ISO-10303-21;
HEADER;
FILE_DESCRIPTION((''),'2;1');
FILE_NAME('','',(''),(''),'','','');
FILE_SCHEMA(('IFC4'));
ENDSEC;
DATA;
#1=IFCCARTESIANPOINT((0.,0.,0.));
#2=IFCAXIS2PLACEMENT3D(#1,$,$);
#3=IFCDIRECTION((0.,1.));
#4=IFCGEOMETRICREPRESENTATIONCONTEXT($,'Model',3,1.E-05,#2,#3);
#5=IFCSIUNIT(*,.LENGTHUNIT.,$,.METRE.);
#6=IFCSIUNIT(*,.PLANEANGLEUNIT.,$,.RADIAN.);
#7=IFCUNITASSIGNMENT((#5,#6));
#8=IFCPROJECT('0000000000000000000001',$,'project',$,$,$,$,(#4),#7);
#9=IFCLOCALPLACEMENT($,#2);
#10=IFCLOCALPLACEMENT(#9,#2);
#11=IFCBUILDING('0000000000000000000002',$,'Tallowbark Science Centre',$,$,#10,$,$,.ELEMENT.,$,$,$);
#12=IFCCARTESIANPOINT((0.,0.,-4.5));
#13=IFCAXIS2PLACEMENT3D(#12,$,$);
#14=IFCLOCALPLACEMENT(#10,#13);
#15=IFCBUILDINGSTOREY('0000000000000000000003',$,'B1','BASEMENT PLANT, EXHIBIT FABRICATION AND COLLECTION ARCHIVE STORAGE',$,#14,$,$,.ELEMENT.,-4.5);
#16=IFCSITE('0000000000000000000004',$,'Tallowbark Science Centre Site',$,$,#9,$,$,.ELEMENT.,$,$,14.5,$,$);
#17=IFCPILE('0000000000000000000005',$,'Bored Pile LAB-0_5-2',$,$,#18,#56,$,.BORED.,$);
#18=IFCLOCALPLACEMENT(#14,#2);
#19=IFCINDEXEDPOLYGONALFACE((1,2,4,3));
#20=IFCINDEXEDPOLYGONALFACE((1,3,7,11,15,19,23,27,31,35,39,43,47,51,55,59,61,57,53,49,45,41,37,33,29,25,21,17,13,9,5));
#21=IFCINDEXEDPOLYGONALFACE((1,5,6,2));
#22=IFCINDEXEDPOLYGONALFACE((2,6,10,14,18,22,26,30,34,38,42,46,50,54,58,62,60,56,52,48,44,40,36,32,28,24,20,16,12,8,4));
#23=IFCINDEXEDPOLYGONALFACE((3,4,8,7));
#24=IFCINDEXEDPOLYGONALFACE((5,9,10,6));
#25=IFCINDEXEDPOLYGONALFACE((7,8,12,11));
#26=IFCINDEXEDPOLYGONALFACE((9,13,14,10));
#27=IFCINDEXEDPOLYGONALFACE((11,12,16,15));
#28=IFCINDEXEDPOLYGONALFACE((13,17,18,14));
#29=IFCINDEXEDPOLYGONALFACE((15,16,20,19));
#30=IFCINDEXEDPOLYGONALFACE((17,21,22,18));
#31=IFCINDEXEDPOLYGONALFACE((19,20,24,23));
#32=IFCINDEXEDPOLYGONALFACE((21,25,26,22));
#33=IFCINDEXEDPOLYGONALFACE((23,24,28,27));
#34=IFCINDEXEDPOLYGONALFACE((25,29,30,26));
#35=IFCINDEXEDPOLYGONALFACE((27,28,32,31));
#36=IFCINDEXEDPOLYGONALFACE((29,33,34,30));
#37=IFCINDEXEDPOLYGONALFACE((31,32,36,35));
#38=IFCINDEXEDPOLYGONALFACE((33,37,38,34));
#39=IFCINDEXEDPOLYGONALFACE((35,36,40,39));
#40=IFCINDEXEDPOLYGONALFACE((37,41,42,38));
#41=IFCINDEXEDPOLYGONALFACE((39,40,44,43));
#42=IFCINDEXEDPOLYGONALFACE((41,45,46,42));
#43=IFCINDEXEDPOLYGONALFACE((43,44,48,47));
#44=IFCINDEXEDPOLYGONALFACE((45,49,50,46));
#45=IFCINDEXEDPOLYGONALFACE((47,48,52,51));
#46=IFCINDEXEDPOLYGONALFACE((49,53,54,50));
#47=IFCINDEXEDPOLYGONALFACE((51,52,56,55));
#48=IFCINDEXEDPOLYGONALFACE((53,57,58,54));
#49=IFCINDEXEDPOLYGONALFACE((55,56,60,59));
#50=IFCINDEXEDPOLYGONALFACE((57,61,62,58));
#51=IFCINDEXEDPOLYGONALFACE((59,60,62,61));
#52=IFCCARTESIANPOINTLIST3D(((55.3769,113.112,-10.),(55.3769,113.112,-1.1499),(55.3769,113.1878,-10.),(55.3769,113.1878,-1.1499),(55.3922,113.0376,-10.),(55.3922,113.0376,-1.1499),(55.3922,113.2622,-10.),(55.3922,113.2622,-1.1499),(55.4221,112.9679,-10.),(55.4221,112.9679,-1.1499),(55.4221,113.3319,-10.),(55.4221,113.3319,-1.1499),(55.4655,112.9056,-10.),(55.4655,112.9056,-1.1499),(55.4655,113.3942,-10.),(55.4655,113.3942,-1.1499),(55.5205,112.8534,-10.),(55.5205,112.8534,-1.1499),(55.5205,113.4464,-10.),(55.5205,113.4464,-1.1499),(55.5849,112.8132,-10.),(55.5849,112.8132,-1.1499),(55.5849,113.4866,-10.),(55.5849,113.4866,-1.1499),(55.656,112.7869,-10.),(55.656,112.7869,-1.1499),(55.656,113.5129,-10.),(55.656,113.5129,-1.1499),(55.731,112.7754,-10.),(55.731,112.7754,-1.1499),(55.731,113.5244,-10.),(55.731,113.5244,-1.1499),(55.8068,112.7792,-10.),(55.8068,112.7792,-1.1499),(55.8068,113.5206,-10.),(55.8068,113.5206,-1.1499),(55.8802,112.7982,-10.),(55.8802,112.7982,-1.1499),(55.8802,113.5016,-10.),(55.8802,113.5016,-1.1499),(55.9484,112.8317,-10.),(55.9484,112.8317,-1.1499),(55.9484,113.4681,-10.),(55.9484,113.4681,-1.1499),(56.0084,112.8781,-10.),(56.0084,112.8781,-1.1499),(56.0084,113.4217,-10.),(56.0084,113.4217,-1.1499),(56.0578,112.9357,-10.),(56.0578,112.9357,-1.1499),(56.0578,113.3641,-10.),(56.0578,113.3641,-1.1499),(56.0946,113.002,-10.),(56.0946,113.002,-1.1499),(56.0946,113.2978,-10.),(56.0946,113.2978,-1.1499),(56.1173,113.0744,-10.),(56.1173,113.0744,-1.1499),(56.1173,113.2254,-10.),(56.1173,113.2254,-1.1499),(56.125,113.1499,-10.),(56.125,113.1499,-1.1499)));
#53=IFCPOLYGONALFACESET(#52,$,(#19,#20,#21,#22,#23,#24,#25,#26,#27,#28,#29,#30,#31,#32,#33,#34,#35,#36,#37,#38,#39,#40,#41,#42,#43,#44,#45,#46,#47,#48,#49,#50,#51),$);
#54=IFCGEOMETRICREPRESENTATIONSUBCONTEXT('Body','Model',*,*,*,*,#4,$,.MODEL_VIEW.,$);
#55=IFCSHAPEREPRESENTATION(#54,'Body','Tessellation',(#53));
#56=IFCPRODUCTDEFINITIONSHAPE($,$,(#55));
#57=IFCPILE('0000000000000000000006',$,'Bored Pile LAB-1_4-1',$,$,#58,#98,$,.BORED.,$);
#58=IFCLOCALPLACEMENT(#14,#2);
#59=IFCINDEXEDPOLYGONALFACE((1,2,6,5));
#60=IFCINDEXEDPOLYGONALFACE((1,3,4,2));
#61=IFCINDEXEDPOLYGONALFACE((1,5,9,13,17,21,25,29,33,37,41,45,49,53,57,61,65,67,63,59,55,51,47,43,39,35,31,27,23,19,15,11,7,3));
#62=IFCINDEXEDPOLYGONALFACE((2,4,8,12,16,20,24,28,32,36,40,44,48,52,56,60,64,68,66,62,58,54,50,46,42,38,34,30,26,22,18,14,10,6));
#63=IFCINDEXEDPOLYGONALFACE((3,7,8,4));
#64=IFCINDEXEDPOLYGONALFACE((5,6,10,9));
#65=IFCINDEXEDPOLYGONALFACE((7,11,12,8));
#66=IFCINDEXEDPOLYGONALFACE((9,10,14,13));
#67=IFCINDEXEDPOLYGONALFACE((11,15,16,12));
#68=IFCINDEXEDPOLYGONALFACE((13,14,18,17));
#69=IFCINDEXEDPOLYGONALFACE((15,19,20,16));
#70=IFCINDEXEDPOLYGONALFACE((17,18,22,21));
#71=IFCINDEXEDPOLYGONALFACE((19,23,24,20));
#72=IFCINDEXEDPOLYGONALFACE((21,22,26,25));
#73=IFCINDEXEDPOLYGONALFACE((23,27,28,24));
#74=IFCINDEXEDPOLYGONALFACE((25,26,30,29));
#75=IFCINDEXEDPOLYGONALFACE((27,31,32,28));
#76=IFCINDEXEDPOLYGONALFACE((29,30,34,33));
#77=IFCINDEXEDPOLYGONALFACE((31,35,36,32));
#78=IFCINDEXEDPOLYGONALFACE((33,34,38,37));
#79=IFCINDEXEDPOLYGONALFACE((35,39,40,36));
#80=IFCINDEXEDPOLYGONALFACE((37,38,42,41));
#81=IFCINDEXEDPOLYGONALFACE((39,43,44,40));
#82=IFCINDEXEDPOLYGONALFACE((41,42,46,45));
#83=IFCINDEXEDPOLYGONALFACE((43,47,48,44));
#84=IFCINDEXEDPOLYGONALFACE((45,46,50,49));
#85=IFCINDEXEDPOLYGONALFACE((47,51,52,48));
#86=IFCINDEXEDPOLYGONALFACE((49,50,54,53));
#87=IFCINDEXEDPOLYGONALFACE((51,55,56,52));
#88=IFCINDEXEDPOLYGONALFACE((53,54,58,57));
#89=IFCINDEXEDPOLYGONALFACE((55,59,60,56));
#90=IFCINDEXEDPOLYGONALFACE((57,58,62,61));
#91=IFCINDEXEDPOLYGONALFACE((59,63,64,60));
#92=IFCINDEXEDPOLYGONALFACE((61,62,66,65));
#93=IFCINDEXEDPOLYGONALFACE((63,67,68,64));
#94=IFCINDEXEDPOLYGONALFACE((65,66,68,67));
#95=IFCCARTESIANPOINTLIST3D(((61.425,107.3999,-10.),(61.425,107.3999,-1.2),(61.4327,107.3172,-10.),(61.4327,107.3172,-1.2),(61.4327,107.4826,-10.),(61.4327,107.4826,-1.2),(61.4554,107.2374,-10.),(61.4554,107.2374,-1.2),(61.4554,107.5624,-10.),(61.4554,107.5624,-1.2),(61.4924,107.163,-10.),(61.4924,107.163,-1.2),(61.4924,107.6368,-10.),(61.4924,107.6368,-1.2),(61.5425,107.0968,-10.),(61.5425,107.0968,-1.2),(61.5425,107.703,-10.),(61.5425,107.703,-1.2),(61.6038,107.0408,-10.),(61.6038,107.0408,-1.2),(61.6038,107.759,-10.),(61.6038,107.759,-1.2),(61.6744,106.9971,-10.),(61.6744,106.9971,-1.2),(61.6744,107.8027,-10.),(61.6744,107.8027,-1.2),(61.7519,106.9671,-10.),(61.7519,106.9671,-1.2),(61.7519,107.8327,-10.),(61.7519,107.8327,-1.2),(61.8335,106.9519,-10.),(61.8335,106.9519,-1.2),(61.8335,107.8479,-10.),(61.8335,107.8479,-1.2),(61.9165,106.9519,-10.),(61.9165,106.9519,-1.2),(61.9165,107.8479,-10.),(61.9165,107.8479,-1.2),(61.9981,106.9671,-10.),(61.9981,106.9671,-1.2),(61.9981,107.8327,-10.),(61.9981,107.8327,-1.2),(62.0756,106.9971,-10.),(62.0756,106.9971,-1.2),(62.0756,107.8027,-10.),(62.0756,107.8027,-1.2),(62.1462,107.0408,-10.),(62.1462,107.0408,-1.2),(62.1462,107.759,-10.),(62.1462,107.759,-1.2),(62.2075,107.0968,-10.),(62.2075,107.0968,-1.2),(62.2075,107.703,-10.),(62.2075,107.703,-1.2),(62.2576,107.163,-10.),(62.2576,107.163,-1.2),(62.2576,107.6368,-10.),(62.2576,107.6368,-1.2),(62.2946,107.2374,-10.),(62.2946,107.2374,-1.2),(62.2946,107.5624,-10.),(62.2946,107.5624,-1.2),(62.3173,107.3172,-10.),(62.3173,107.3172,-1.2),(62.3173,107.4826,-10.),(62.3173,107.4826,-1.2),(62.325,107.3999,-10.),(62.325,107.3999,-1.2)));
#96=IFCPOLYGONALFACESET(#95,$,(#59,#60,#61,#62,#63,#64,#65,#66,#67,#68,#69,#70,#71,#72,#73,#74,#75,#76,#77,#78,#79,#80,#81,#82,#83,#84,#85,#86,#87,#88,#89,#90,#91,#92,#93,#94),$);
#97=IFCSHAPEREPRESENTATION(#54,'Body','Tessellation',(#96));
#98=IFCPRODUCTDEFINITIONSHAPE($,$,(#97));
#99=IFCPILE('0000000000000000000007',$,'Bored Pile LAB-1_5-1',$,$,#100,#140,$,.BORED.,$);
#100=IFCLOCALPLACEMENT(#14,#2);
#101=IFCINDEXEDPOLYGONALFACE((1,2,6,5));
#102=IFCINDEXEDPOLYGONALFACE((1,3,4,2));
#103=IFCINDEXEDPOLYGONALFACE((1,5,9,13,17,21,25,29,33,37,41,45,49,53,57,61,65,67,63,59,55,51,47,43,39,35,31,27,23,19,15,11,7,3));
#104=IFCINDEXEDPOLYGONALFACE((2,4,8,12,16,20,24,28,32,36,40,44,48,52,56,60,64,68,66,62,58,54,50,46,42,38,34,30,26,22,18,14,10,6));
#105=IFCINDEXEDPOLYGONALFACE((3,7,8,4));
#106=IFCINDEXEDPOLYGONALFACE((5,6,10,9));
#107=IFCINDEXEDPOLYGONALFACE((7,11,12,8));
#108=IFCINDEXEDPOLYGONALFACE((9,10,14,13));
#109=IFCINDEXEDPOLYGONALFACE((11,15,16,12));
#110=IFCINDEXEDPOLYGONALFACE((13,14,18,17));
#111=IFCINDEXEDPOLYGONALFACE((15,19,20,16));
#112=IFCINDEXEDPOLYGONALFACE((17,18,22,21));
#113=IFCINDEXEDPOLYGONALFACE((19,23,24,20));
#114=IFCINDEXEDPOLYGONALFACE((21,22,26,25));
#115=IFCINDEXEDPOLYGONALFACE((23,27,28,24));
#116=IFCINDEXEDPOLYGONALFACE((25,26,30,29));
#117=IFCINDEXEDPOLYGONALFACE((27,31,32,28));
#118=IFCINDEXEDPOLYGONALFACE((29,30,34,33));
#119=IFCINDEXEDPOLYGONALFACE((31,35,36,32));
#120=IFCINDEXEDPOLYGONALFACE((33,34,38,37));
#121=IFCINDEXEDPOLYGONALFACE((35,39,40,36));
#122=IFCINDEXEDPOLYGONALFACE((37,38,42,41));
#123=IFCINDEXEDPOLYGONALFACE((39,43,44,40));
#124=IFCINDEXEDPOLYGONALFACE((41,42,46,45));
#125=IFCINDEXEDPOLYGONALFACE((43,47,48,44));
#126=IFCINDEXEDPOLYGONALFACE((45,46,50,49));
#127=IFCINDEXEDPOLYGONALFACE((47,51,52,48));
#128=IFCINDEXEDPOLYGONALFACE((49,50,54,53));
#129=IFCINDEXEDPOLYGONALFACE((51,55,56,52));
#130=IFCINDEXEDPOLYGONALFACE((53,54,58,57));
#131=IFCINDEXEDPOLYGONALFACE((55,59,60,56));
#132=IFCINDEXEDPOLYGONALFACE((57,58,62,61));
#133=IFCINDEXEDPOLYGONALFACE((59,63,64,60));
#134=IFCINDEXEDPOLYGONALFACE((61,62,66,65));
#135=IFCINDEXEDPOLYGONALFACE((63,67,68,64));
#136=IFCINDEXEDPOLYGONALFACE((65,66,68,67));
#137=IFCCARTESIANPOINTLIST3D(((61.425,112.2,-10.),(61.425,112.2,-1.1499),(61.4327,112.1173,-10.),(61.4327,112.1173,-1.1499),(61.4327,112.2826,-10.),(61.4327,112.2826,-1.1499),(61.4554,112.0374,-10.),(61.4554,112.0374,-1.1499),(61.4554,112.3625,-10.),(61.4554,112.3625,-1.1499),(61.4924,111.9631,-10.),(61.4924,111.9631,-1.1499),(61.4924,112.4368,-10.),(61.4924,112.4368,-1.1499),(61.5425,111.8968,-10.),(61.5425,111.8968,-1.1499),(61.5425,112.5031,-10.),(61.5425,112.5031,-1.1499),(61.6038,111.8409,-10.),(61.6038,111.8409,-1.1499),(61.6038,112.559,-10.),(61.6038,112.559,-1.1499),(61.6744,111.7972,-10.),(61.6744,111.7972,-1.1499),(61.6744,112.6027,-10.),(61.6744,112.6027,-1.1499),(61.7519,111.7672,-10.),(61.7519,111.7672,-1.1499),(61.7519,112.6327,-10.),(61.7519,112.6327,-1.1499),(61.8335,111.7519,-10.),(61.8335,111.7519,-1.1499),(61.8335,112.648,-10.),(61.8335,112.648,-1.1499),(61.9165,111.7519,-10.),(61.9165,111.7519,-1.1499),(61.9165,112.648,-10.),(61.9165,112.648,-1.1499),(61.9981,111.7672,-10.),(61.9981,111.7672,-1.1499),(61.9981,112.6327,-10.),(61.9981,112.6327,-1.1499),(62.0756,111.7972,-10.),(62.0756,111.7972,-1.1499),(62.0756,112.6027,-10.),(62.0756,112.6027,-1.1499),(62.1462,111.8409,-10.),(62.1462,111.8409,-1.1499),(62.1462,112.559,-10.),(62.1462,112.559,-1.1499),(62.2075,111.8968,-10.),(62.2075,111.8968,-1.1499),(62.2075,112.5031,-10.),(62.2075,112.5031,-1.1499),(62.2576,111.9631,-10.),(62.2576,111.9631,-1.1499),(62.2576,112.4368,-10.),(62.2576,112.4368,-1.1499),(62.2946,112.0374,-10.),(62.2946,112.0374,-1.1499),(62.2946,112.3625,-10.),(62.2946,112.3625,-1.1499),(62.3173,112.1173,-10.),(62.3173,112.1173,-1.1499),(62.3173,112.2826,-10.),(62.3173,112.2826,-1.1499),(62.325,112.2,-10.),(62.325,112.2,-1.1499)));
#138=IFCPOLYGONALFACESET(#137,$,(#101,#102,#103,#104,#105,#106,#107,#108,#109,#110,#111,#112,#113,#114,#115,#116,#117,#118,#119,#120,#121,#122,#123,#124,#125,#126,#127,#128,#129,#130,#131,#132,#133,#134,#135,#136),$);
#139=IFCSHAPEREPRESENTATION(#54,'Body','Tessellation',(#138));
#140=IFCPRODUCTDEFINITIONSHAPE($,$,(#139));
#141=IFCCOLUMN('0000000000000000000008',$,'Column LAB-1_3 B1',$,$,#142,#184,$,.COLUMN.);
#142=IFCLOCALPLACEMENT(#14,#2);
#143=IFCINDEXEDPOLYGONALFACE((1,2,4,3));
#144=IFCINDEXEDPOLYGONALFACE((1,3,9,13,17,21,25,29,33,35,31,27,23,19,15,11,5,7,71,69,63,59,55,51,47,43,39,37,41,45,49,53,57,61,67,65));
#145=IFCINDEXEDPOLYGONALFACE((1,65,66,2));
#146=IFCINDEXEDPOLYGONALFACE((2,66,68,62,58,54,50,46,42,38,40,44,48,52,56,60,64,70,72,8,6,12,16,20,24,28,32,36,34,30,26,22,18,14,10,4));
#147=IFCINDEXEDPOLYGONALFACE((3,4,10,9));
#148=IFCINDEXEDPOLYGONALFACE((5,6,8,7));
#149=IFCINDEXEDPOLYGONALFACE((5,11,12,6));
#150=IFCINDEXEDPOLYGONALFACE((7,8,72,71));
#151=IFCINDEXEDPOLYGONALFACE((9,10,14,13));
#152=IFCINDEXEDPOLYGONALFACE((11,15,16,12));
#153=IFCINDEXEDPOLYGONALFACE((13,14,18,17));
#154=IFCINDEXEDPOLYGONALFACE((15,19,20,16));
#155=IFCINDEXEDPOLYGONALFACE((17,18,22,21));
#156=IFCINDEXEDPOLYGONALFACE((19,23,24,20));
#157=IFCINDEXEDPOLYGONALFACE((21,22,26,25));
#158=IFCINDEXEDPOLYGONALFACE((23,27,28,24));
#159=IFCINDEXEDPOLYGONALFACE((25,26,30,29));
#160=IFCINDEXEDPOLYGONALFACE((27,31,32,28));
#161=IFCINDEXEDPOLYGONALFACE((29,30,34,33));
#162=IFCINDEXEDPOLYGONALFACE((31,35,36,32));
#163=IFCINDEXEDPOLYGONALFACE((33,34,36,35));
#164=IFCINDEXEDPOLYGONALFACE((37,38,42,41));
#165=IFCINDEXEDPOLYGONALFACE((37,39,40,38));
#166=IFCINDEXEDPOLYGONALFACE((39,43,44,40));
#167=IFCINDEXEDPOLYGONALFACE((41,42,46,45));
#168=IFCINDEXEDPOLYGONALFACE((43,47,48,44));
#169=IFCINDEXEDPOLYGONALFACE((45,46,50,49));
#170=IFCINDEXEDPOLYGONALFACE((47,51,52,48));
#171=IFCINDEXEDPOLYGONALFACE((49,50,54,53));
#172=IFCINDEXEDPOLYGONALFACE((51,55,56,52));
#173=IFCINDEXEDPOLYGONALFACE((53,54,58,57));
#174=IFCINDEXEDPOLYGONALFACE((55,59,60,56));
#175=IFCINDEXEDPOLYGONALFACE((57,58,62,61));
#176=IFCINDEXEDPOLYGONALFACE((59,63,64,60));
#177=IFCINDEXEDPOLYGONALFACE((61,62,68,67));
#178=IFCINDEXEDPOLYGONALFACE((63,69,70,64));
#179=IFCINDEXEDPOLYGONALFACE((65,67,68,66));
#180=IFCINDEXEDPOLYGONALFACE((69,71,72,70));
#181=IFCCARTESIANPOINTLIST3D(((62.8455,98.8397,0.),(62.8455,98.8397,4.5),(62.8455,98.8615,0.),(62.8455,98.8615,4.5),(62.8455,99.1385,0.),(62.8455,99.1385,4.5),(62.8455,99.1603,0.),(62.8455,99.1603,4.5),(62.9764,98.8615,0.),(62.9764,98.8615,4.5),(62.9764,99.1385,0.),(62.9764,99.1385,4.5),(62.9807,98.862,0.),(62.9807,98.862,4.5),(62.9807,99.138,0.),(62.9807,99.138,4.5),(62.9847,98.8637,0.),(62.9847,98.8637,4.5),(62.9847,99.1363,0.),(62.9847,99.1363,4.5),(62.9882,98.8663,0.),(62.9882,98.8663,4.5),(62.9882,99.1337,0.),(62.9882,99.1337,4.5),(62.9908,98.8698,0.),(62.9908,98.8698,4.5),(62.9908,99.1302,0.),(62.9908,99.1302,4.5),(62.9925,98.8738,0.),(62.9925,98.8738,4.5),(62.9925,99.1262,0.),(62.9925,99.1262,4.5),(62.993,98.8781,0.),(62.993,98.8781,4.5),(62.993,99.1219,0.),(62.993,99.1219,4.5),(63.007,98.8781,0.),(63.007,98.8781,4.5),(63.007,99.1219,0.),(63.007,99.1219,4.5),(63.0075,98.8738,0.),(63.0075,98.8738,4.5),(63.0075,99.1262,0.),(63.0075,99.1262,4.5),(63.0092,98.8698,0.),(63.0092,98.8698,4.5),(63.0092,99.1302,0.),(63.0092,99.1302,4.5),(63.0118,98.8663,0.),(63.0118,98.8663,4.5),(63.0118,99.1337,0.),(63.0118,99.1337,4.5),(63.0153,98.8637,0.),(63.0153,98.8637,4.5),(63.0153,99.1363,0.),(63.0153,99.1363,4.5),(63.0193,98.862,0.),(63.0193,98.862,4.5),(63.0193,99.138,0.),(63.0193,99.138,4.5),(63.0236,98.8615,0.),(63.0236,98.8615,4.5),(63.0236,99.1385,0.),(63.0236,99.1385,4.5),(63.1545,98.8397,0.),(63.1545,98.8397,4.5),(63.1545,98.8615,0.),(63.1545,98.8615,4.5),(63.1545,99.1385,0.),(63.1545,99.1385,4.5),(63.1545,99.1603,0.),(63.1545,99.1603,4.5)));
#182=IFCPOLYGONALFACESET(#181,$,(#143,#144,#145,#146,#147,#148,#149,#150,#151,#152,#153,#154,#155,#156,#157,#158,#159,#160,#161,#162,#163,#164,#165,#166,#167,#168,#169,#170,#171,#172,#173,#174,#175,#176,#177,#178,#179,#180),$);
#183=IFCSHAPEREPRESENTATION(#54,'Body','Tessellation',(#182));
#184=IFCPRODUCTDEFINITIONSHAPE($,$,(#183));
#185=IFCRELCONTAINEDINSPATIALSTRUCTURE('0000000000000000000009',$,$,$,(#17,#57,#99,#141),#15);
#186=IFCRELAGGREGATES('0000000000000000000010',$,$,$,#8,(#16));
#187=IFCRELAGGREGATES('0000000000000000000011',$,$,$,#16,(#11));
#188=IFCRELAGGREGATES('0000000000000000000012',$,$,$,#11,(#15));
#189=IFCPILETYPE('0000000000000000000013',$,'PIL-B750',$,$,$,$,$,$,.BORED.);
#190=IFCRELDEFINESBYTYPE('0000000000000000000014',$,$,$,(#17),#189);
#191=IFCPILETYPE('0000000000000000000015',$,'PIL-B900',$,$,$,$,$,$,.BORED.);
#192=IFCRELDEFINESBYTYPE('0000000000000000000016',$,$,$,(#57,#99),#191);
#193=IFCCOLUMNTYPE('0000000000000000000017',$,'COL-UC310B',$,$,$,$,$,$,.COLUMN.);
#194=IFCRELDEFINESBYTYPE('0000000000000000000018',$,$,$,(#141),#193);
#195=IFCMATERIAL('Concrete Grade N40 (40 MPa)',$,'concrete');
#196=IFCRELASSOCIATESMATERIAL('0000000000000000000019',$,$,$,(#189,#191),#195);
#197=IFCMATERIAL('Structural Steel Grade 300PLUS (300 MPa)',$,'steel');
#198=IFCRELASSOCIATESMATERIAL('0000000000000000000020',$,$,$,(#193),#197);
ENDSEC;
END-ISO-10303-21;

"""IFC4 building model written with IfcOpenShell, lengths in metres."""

from ifc_helpers import new_model, si_unit, direction, frame, origin, origin_2d, place, context, subcontext, project, spatial, circle, i_section, extrude, material, material_profile, profile_set, type_object, element, save


model = new_model("IFC4")

# Units and contexts
model_context = context("Model", 3, precision=1e-05, world=origin(), true_north=direction((0.0, 1.0)))
body_context = subcontext(model_context, "Body", "Model", "MODEL_VIEW")
ifc_project = project(units=[si_unit("LENGTHUNIT", "METRE"), si_unit("PLANEANGLEUNIT", "RADIAN")], contexts=[model_context])

# Site, building, storey
site_placement = place(None, origin())
site = spatial("IfcSite", under=ifc_project, at=site_placement, Name="Tallowbark Science Centre Site", CompositionType="ELEMENT", RefElevation=14.5)
building_placement = place(site_placement, origin())
building = spatial("IfcBuilding", under=site, at=building_placement, Name="Tallowbark Science Centre", CompositionType="ELEMENT")
storey_placement = place(building_placement, frame((0.0, 0.0, -4.5)))
storey = spatial("IfcBuildingStorey", under=building, at=storey_placement, Name="B1", Description="BASEMENT PLANT, EXHIBIT FABRICATION AND COLLECTION ARCHIVE STORAGE", CompositionType="ELEMENT", Elevation=-4.5)

# Shared definitions
ifc_material_1 = material(Name="Concrete Grade N40 (40 MPa)", Category="concrete")

# Piles
ifc_material_profile_1 = material_profile(ifc_material_1, circle(Radius=0.375, at=origin_2d()), Name="PILE750")
ifc_profile_set_1 = profile_set([ifc_material_profile_1], Name="Concrete Grade N40 (40 MPa)")
pile_type_1 = type_object("IfcPileType", Name="PIL-B750", PredefinedType="BORED", material=ifc_profile_set_1)
for number, where, z_axis, x_axis, name in (
    (1, (55.75, 113.1499, -1.1499), (0.0, 0.0, -1.0), (1.0, 0.0, 0.0), "Bored Pile LAB-0_5-2"),
):
    element("IfcPile", number, at=place(storey_placement, frame(where, z_axis=z_axis, x_axis=x_axis)), inside=storey, type_object=pile_type_1, Name=name, PredefinedType="BORED", context=body_context, shape_type="SweptSolid", body=[
        extrude(circle(Radius=0.375, at=origin_2d()), origin(), (0.0, 0.0, 1.0), 8.8501),
    ])
ifc_material_profile_2 = material_profile(ifc_material_1, circle(Radius=0.45, at=origin_2d()), Name="PILE900")
ifc_profile_set_2 = profile_set([ifc_material_profile_2], Name="Concrete Grade N40 (40 MPa)")
pile_type_2 = type_object("IfcPileType", Name="PIL-B900", PredefinedType="BORED", material=ifc_profile_set_2)
pile_1_placement = place(storey_placement, frame((61.875, 107.3999, -1.2), z_axis=(0.0, 0.0, -1.0), x_axis=(1.0, 0.0, 0.0)))
element("IfcPile", 2, at=pile_1_placement, inside=storey, type_object=pile_type_2, Name="Bored Pile LAB-1_4-1", PredefinedType="BORED", context=body_context, shape_type="SweptSolid", body=[
    extrude(circle(Radius=0.45, at=origin_2d()), origin(), (0.0, 0.0, 1.0), 8.8),
])
pile_2_placement = place(storey_placement, frame((61.875, 112.2, -1.1499), z_axis=(0.0, 0.0, -1.0), x_axis=(1.0, 0.0, 0.0)))
element("IfcPile", 3, at=pile_2_placement, inside=storey, type_object=pile_type_2, Name="Bored Pile LAB-1_5-1", PredefinedType="BORED", context=body_context, shape_type="SweptSolid", body=[
    extrude(circle(Radius=0.45, at=origin_2d()), origin(), (0.0, 0.0, 1.0), 8.8501),
])

# Column
ifc_material_2 = material(Name="Structural Steel Grade 300PLUS (300 MPa)", Category="steel")
ifc_material_profile_3 = material_profile(ifc_material_2, i_section(OverallWidth=0.3091, OverallDepth=0.3206, WebThickness=0.0139, FlangeThickness=0.0217, FilletRadius=0.0166, at=origin_2d()), Name="310UC137")
ifc_profile_set_3 = profile_set([ifc_material_profile_3], Name="Structural Steel Grade 300PLUS (300 MPa)")
column_type_1 = type_object("IfcColumnType", Name="COL-UC310B", PredefinedType="COLUMN", material=ifc_profile_set_3)
column_placement = place(storey_placement, frame((63.0, 99.0, 0.0), z_axis=(0.0, 0.0, 1.0), x_axis=(1.0, 0.0, 0.0)))
element("IfcColumn", 4, at=column_placement, inside=storey, type_object=column_type_1, Name="Column LAB-1_3 B1", PredefinedType="COLUMN", context=body_context, shape_type="SweptSolid", body=[
    extrude(i_section(OverallWidth=0.3091, OverallDepth=0.3206, WebThickness=0.0139, FlangeThickness=0.0217, FilletRadius=0.0166, at=origin_2d()), origin(), (0.0, 0.0, 1.0), 4.5),
])

save(model, "model.ifc")
